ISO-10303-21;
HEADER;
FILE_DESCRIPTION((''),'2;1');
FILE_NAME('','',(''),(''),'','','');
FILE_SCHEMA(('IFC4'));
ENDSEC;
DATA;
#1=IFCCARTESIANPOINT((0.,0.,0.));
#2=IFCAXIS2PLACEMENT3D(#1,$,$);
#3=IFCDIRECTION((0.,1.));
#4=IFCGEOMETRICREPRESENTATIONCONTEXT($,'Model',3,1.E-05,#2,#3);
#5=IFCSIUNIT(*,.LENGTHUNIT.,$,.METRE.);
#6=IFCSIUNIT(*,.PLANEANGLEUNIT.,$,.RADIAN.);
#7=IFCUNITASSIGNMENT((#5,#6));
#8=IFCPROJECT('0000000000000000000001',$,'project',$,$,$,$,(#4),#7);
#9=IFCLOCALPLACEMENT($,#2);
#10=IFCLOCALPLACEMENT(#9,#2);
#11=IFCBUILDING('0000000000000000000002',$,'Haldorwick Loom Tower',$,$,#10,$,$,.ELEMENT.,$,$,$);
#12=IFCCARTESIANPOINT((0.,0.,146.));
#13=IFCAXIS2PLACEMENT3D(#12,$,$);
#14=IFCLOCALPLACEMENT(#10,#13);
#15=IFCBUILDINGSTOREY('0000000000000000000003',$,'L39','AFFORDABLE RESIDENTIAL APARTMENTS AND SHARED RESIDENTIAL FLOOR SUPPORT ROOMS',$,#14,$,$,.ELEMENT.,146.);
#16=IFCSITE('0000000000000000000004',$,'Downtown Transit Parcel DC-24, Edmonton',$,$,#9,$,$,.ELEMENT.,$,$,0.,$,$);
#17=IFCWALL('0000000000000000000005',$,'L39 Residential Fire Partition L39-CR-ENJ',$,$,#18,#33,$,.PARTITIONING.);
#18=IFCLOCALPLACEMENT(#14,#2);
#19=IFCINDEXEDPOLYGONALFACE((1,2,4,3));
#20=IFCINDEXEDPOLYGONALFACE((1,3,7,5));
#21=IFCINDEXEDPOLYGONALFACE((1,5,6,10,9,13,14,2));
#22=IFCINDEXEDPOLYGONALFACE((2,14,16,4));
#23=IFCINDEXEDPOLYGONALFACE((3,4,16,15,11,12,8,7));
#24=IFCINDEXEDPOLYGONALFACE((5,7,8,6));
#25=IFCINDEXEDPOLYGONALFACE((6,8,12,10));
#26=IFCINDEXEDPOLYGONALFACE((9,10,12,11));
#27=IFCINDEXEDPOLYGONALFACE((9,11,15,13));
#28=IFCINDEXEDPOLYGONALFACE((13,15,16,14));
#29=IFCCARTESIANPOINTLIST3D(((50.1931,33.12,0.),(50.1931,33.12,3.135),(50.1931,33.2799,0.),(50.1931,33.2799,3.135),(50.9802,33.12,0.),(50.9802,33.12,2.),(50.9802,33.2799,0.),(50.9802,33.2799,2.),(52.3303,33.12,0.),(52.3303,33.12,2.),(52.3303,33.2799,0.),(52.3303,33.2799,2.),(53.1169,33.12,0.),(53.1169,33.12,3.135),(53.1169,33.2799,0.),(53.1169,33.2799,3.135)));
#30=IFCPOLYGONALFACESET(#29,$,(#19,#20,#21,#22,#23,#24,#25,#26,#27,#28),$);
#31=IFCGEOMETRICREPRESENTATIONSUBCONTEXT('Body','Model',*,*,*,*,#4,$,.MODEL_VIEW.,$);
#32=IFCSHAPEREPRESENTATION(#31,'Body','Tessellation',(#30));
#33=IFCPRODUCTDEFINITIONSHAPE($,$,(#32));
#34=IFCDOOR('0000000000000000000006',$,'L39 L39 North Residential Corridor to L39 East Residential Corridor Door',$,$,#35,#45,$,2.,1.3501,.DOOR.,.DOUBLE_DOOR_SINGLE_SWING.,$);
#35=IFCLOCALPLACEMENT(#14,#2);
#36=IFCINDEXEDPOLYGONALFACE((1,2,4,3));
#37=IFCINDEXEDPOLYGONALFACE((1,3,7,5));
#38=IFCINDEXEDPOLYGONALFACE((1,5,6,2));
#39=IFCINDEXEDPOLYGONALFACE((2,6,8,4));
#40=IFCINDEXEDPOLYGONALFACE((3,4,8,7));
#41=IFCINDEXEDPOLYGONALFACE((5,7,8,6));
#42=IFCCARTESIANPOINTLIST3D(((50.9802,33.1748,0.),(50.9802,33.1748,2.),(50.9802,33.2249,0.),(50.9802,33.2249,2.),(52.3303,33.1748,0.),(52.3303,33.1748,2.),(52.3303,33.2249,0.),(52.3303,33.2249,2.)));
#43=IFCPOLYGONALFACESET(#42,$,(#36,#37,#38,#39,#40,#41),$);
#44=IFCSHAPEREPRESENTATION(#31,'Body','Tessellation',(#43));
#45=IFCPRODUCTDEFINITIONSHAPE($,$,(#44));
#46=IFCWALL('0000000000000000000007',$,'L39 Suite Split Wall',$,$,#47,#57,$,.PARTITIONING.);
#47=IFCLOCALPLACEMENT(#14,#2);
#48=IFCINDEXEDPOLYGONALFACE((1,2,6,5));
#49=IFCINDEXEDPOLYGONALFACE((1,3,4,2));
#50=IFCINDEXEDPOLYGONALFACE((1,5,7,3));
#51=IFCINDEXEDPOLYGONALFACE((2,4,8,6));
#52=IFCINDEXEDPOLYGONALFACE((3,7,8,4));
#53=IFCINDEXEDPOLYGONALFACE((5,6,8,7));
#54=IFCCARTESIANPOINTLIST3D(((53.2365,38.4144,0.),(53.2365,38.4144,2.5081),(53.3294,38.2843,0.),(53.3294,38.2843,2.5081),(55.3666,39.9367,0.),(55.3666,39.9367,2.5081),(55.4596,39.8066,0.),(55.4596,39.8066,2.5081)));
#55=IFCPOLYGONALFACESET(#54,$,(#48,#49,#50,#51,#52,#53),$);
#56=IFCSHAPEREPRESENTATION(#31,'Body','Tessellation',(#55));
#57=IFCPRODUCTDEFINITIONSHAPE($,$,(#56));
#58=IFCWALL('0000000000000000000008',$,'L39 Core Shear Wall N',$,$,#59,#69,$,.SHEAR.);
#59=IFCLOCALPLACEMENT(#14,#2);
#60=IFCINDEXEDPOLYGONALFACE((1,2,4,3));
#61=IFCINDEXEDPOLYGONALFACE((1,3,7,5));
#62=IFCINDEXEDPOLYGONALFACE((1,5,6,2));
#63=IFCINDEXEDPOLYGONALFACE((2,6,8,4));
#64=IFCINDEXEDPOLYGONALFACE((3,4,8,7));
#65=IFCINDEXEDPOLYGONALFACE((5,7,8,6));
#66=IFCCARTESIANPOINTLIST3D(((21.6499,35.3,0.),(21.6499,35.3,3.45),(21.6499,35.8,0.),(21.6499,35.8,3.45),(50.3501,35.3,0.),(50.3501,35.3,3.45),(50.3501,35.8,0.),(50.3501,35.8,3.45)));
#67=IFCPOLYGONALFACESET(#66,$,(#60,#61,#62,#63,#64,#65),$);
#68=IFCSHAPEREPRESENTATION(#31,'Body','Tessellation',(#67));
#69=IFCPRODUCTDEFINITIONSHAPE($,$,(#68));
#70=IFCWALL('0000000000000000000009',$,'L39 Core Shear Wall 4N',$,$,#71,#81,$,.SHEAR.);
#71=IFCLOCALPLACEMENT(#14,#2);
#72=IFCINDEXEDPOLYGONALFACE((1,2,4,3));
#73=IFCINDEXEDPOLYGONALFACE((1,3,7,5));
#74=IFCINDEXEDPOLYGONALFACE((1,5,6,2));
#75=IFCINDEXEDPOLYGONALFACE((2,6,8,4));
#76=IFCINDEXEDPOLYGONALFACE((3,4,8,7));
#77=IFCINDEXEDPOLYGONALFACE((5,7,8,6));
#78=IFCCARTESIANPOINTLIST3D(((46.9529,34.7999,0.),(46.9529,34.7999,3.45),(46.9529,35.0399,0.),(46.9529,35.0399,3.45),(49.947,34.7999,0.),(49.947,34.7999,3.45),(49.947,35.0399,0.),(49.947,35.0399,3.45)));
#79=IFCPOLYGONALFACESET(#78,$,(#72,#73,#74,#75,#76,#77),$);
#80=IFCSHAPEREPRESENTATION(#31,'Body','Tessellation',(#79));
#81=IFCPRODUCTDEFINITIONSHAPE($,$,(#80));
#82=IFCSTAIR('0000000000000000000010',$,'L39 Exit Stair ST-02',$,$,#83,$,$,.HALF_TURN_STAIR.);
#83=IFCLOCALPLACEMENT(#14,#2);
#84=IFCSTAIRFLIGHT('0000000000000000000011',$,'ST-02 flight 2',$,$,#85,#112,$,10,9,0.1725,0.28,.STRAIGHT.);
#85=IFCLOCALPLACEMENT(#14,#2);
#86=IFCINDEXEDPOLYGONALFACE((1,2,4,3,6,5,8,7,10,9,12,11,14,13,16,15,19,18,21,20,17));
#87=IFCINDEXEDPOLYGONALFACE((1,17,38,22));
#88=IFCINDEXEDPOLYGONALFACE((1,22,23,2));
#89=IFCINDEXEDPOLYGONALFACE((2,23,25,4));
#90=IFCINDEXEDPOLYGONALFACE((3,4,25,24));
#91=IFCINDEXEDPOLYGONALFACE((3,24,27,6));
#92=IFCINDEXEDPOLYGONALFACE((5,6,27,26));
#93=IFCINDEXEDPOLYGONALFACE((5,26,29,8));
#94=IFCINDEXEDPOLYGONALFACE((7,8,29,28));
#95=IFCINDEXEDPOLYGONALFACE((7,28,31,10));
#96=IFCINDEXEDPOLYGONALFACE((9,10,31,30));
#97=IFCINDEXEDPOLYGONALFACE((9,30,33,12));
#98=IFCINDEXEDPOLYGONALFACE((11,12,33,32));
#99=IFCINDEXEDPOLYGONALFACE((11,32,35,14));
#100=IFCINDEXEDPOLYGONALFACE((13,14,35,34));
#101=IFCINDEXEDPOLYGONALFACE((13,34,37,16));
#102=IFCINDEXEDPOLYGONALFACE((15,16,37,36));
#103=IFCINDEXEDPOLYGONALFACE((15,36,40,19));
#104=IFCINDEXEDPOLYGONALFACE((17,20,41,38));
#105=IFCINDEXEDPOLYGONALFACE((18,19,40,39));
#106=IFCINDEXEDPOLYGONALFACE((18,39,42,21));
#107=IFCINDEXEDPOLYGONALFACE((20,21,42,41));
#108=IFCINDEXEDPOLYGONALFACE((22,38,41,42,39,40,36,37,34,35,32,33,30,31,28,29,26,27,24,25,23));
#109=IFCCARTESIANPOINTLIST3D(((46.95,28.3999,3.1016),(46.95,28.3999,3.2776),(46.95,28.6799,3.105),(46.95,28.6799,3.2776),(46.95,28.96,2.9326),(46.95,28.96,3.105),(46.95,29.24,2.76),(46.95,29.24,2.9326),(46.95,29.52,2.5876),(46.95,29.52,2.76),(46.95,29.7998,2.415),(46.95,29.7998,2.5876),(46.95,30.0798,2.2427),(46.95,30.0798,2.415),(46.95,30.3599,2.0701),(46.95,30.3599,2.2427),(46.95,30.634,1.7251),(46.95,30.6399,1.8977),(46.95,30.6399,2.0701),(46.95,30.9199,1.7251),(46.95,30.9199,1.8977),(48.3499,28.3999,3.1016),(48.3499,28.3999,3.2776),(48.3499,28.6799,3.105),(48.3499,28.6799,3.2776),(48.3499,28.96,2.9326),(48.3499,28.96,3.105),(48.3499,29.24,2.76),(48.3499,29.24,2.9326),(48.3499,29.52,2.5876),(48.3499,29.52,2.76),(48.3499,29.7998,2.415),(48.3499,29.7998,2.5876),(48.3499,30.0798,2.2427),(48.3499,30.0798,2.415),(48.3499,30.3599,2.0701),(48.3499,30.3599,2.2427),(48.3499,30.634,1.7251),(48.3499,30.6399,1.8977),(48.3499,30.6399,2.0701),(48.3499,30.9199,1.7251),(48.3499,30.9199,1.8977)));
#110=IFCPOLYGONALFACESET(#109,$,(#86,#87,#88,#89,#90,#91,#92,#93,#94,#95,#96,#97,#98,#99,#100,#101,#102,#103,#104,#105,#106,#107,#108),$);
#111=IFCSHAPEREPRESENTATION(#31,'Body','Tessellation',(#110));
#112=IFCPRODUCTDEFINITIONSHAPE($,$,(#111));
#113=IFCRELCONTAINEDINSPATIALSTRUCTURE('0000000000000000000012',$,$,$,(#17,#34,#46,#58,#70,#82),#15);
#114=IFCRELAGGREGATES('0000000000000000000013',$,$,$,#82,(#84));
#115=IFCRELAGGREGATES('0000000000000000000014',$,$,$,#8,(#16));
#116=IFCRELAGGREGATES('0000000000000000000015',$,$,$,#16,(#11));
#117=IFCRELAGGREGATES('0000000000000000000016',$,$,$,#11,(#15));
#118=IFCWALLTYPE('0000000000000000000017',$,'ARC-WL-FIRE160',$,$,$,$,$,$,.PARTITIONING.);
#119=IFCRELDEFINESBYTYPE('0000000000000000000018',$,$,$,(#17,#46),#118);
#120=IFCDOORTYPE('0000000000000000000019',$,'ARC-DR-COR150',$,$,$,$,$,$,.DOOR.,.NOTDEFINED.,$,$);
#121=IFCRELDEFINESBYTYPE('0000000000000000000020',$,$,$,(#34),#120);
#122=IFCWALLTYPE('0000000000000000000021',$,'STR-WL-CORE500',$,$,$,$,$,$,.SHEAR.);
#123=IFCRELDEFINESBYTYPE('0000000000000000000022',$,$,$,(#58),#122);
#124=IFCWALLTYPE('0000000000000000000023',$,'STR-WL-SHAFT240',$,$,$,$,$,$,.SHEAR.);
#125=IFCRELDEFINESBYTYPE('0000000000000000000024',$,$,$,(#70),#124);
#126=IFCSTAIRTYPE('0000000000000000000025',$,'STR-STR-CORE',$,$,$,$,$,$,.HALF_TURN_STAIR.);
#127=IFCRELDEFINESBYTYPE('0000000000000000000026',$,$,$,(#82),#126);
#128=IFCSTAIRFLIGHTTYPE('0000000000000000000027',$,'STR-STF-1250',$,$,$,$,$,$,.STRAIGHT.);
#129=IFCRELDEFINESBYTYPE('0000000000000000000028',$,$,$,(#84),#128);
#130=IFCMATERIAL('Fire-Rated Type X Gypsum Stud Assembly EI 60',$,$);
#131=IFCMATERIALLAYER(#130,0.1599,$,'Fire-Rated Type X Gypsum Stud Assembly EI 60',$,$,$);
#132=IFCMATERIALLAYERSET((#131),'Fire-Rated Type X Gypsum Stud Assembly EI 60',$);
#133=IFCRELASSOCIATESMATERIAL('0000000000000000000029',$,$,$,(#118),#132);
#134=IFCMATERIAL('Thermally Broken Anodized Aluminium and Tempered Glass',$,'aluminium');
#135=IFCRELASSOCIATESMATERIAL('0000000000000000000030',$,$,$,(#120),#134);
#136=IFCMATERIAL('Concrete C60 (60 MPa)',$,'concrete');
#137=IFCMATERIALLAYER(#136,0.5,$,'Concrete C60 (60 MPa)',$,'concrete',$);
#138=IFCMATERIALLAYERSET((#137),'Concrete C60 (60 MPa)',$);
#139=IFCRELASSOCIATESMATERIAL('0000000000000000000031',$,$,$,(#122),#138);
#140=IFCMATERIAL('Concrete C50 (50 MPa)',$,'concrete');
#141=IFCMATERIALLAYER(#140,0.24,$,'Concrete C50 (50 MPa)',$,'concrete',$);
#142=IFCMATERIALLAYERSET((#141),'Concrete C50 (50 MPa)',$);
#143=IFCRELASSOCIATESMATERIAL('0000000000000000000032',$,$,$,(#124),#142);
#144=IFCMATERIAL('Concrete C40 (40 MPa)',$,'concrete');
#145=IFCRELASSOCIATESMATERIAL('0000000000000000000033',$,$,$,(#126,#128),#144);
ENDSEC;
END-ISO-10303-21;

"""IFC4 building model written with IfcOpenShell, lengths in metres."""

from ifc_helpers import new_model, si_unit, direction, frame, frame_2d, origin, place, context, subcontext, project, spatial, polyline, rectangle, outline, extrude, material, layer, layer_set, type_object, element, fill, aggregate, save


model = new_model("IFC4")

# Units and contexts
model_context = context("Model", 3, precision=1e-05, world=origin(), true_north=direction((0.0, 1.0)))
body_context = subcontext(model_context, "Body", "Model", "MODEL_VIEW")
ifc_project = project(units=[si_unit("LENGTHUNIT", "METRE"), si_unit("PLANEANGLEUNIT", "RADIAN")], contexts=[model_context])

# Site, building, storey
site_placement = place(None, origin())
site = spatial("IfcSite", under=ifc_project, at=site_placement, Name="Downtown Transit Parcel DC-24, Edmonton", CompositionType="ELEMENT", RefElevation=0.0)
building_placement = place(site_placement, origin())
building = spatial("IfcBuilding", under=site, at=building_placement, Name="Haldorwick Loom Tower", CompositionType="ELEMENT")
storey_placement = place(building_placement, frame((0.0, 0.0, 146.0)))
storey = spatial("IfcBuildingStorey", under=building, at=storey_placement, Name="L39", Description="AFFORDABLE RESIDENTIAL APARTMENTS AND SHARED RESIDENTIAL FLOOR SUPPORT ROOMS", CompositionType="ELEMENT", Elevation=146.0)

# Shared definitions
ifc_material_1 = material(Name="Concrete C60 (60 MPa)", Category="concrete")

# Wall, opening, door
ifc_material_2 = material(Name="Fire-Rated Type X Gypsum Stud Assembly EI 60")
ifc_layer_1 = layer(ifc_material_2, 0.1599, Name="Fire-Rated Type X Gypsum Stud Assembly EI 60")
ifc_layer_set_1 = layer_set([ifc_layer_1], Name="Fire-Rated Type X Gypsum Stud Assembly EI 60")
wall_type_1 = type_object("IfcWallType", Name="ARC-WL-FIRE160", PredefinedType="PARTITIONING", material=ifc_layer_set_1)
wall_1_placement = place(storey_placement, frame((50.1931, 33.2, 0.0), z_axis=(0.0, 0.0, 1.0), x_axis=(1.0, 0.0, 0.0)))
wall_1 = element("IfcWall", 1, at=wall_1_placement, inside=storey, type_object=wall_type_1, Name="L39 Residential Fire Partition L39-CR-ENJ", PredefinedType="PARTITIONING", context=body_context, shape_type="SweptSolid", body=[
    extrude(rectangle(XDim=2.9238, YDim=0.1599, at=frame_2d((1.4619, 0.0))), origin(), (0.0, 0.0, 1.0), 3.135),
])
opening_1_placement = place(wall_1_placement, frame((0.7871, 0.0, 0.0)))
opening_1 = element("IfcOpeningElement", 2, at=opening_1_placement, cuts=wall_1, PredefinedType="OPENING", context=body_context, shape_type="SweptSolid", body=[
    extrude(rectangle(XDim=1.3501, YDim=2.0, at=frame_2d((0.675, 1.0))), frame((0.0, 0.0898, 0.0), z_axis=(0.0, -1.0, 0.0), x_axis=(1.0, 0.0, 0.0)), (0.0, 0.0, 1.0), 0.1799),
])
ifc_material_3 = material(Name="Thermally Broken Anodized Aluminium and Tempered Glass", Category="aluminium")
door_type = type_object("IfcDoorType", Name="ARC-DR-COR150", OperationType="NOTDEFINED", PredefinedType="DOOR", material=ifc_material_3)
door_placement = place(opening_1_placement, origin())
door = element("IfcDoor", 3, at=door_placement, inside=storey, type_object=door_type, Name="L39 L39 North Residential Corridor to L39 East Residential Corridor Door", OperationType="DOUBLE_DOOR_SINGLE_SWING", OverallHeight=2.0, OverallWidth=1.3501, PredefinedType="DOOR", context=body_context, shape_type="SweptSolid", body=[
    extrude(rectangle(XDim=1.3501, YDim=2.0, at=frame_2d((0.675, 1.0))), frame((0.0, 0.0249, 0.0), z_axis=(0.0, -1.0, 0.0), x_axis=(1.0, 0.0, 0.0)), (0.0, 0.0, 1.0), 0.05),
])
fill(opening_1, door)

# Walls
wall_2_placement = place(storey_placement, frame((53.283, 38.3494, 0.0), z_axis=(0.0, 0.0, 1.0), x_axis=(0.813607, 0.581415, 0.0)))
element("IfcWall", 4, at=wall_2_placement, inside=storey, type_object=wall_type_1, Name="L39 Suite Split Wall", PredefinedType="PARTITIONING", context=body_context, shape_type="SweptSolid", body=[
    extrude(rectangle(XDim=2.6182, YDim=0.1599, at=frame_2d((1.3091, 0.0))), origin(), (0.0, 0.0, 1.0), 2.5081),
])
ifc_layer_2 = layer(ifc_material_1, 0.5, Name="Concrete C60 (60 MPa)", Category="concrete")
ifc_layer_set_2 = layer_set([ifc_layer_2], Name="Concrete C60 (60 MPa)")
wall_type_2 = type_object("IfcWallType", Name="STR-WL-CORE500", PredefinedType="SHEAR", material=ifc_layer_set_2)
wall_3_placement = place(storey_placement, frame((50.3501, 35.55, 0.0), z_axis=(0.0, 0.0, 1.0), x_axis=(-1.0, 0.0, 0.0)))
element("IfcWall", 5, at=wall_3_placement, inside=storey, type_object=wall_type_2, Name="L39 Core Shear Wall N", PredefinedType="SHEAR", context=body_context, shape_type="SweptSolid", body=[
    extrude(rectangle(XDim=28.7002, YDim=0.5, at=frame_2d((14.3501, 0.0))), origin(), (0.0, 0.0, 1.0), 3.45),
])
ifc_material_4 = material(Name="Concrete C50 (50 MPa)", Category="concrete")
ifc_layer_3 = layer(ifc_material_4, 0.24, Name="Concrete C50 (50 MPa)", Category="concrete")
ifc_layer_set_3 = layer_set([ifc_layer_3], Name="Concrete C50 (50 MPa)")
wall_type_3 = type_object("IfcWallType", Name="STR-WL-SHAFT240", PredefinedType="SHEAR", material=ifc_layer_set_3)
wall_4_placement = place(storey_placement, frame((46.9529, 34.9199, 0.0), z_axis=(0.0, 0.0, 1.0), x_axis=(1.0, 0.0, 0.0)))
element("IfcWall", 6, at=wall_4_placement, inside=storey, type_object=wall_type_3, Name="L39 Core Shear Wall 4N", PredefinedType="SHEAR", context=body_context, shape_type="SweptSolid", body=[
    extrude(rectangle(XDim=2.9941, YDim=0.24, at=frame_2d((1.4971, 0.0))), origin(), (0.0, 0.0, 1.0), 3.45),
])

# Stair, stair flight
ifc_material_5 = material(Name="Concrete C40 (40 MPa)", Category="concrete")
stair_type = type_object("IfcStairType", Name="STR-STR-CORE", PredefinedType="HALF_TURN_STAIR", material=ifc_material_5)
stair_placement = place(storey_placement, origin())
stair = element("IfcStair", 7, at=stair_placement, inside=storey, type_object=stair_type, Name="L39 Exit Stair ST-02", PredefinedType="HALF_TURN_STAIR")
stair_flight_type = type_object("IfcStairFlightType", Name="STR-STF-1250", PredefinedType="STRAIGHT", material=ifc_material_5)
stair_flight_placement = place(storey_placement, frame((47.6499, 30.9199, 1.7251), z_axis=(0.0, 0.0, 1.0), x_axis=(0.0, -1.0, 0.0)))
stair_flight = element("IfcStairFlight", 8, at=stair_flight_placement, type_object=stair_flight_type, Name="ST-02 flight 2", NumberOfRisers=10, NumberOfTreads=9, PredefinedType="STRAIGHT", RiserHeight=0.1725, TreadLength=0.28, context=body_context, shape_type="SweptSolid", body=[
    extrude(outline(polyline([(0.0, 0.0), (0.0, 0.1726), (0.28, 0.1726), (0.28, 0.345), (0.5601, 0.345), (0.5601, 0.5176), (0.8401, 0.5176), (0.8401, 0.6899), (1.1201, 0.6899), (1.1201, 0.8625), (1.3999, 0.8625), (1.3999, 1.0349), (1.6799, 1.0349), (1.6799, 1.2075), (1.96, 1.2075), (1.96, 1.3799), (2.24, 1.3799), (2.24, 1.5525), (2.52, 1.5525), (2.52, 1.7251), (2.52, 1.3765), (0.2859, 0.0), (0.0, 0.0)])), frame((0.0, 0.7, 0.0), z_axis=(0.0, -1.0, 0.0), x_axis=(1.0, 0.0, 0.0)), (0.0, 0.0, 1.0), 1.3999),
])
aggregate(stair, [stair_flight])

save(model, "model.ifc")
